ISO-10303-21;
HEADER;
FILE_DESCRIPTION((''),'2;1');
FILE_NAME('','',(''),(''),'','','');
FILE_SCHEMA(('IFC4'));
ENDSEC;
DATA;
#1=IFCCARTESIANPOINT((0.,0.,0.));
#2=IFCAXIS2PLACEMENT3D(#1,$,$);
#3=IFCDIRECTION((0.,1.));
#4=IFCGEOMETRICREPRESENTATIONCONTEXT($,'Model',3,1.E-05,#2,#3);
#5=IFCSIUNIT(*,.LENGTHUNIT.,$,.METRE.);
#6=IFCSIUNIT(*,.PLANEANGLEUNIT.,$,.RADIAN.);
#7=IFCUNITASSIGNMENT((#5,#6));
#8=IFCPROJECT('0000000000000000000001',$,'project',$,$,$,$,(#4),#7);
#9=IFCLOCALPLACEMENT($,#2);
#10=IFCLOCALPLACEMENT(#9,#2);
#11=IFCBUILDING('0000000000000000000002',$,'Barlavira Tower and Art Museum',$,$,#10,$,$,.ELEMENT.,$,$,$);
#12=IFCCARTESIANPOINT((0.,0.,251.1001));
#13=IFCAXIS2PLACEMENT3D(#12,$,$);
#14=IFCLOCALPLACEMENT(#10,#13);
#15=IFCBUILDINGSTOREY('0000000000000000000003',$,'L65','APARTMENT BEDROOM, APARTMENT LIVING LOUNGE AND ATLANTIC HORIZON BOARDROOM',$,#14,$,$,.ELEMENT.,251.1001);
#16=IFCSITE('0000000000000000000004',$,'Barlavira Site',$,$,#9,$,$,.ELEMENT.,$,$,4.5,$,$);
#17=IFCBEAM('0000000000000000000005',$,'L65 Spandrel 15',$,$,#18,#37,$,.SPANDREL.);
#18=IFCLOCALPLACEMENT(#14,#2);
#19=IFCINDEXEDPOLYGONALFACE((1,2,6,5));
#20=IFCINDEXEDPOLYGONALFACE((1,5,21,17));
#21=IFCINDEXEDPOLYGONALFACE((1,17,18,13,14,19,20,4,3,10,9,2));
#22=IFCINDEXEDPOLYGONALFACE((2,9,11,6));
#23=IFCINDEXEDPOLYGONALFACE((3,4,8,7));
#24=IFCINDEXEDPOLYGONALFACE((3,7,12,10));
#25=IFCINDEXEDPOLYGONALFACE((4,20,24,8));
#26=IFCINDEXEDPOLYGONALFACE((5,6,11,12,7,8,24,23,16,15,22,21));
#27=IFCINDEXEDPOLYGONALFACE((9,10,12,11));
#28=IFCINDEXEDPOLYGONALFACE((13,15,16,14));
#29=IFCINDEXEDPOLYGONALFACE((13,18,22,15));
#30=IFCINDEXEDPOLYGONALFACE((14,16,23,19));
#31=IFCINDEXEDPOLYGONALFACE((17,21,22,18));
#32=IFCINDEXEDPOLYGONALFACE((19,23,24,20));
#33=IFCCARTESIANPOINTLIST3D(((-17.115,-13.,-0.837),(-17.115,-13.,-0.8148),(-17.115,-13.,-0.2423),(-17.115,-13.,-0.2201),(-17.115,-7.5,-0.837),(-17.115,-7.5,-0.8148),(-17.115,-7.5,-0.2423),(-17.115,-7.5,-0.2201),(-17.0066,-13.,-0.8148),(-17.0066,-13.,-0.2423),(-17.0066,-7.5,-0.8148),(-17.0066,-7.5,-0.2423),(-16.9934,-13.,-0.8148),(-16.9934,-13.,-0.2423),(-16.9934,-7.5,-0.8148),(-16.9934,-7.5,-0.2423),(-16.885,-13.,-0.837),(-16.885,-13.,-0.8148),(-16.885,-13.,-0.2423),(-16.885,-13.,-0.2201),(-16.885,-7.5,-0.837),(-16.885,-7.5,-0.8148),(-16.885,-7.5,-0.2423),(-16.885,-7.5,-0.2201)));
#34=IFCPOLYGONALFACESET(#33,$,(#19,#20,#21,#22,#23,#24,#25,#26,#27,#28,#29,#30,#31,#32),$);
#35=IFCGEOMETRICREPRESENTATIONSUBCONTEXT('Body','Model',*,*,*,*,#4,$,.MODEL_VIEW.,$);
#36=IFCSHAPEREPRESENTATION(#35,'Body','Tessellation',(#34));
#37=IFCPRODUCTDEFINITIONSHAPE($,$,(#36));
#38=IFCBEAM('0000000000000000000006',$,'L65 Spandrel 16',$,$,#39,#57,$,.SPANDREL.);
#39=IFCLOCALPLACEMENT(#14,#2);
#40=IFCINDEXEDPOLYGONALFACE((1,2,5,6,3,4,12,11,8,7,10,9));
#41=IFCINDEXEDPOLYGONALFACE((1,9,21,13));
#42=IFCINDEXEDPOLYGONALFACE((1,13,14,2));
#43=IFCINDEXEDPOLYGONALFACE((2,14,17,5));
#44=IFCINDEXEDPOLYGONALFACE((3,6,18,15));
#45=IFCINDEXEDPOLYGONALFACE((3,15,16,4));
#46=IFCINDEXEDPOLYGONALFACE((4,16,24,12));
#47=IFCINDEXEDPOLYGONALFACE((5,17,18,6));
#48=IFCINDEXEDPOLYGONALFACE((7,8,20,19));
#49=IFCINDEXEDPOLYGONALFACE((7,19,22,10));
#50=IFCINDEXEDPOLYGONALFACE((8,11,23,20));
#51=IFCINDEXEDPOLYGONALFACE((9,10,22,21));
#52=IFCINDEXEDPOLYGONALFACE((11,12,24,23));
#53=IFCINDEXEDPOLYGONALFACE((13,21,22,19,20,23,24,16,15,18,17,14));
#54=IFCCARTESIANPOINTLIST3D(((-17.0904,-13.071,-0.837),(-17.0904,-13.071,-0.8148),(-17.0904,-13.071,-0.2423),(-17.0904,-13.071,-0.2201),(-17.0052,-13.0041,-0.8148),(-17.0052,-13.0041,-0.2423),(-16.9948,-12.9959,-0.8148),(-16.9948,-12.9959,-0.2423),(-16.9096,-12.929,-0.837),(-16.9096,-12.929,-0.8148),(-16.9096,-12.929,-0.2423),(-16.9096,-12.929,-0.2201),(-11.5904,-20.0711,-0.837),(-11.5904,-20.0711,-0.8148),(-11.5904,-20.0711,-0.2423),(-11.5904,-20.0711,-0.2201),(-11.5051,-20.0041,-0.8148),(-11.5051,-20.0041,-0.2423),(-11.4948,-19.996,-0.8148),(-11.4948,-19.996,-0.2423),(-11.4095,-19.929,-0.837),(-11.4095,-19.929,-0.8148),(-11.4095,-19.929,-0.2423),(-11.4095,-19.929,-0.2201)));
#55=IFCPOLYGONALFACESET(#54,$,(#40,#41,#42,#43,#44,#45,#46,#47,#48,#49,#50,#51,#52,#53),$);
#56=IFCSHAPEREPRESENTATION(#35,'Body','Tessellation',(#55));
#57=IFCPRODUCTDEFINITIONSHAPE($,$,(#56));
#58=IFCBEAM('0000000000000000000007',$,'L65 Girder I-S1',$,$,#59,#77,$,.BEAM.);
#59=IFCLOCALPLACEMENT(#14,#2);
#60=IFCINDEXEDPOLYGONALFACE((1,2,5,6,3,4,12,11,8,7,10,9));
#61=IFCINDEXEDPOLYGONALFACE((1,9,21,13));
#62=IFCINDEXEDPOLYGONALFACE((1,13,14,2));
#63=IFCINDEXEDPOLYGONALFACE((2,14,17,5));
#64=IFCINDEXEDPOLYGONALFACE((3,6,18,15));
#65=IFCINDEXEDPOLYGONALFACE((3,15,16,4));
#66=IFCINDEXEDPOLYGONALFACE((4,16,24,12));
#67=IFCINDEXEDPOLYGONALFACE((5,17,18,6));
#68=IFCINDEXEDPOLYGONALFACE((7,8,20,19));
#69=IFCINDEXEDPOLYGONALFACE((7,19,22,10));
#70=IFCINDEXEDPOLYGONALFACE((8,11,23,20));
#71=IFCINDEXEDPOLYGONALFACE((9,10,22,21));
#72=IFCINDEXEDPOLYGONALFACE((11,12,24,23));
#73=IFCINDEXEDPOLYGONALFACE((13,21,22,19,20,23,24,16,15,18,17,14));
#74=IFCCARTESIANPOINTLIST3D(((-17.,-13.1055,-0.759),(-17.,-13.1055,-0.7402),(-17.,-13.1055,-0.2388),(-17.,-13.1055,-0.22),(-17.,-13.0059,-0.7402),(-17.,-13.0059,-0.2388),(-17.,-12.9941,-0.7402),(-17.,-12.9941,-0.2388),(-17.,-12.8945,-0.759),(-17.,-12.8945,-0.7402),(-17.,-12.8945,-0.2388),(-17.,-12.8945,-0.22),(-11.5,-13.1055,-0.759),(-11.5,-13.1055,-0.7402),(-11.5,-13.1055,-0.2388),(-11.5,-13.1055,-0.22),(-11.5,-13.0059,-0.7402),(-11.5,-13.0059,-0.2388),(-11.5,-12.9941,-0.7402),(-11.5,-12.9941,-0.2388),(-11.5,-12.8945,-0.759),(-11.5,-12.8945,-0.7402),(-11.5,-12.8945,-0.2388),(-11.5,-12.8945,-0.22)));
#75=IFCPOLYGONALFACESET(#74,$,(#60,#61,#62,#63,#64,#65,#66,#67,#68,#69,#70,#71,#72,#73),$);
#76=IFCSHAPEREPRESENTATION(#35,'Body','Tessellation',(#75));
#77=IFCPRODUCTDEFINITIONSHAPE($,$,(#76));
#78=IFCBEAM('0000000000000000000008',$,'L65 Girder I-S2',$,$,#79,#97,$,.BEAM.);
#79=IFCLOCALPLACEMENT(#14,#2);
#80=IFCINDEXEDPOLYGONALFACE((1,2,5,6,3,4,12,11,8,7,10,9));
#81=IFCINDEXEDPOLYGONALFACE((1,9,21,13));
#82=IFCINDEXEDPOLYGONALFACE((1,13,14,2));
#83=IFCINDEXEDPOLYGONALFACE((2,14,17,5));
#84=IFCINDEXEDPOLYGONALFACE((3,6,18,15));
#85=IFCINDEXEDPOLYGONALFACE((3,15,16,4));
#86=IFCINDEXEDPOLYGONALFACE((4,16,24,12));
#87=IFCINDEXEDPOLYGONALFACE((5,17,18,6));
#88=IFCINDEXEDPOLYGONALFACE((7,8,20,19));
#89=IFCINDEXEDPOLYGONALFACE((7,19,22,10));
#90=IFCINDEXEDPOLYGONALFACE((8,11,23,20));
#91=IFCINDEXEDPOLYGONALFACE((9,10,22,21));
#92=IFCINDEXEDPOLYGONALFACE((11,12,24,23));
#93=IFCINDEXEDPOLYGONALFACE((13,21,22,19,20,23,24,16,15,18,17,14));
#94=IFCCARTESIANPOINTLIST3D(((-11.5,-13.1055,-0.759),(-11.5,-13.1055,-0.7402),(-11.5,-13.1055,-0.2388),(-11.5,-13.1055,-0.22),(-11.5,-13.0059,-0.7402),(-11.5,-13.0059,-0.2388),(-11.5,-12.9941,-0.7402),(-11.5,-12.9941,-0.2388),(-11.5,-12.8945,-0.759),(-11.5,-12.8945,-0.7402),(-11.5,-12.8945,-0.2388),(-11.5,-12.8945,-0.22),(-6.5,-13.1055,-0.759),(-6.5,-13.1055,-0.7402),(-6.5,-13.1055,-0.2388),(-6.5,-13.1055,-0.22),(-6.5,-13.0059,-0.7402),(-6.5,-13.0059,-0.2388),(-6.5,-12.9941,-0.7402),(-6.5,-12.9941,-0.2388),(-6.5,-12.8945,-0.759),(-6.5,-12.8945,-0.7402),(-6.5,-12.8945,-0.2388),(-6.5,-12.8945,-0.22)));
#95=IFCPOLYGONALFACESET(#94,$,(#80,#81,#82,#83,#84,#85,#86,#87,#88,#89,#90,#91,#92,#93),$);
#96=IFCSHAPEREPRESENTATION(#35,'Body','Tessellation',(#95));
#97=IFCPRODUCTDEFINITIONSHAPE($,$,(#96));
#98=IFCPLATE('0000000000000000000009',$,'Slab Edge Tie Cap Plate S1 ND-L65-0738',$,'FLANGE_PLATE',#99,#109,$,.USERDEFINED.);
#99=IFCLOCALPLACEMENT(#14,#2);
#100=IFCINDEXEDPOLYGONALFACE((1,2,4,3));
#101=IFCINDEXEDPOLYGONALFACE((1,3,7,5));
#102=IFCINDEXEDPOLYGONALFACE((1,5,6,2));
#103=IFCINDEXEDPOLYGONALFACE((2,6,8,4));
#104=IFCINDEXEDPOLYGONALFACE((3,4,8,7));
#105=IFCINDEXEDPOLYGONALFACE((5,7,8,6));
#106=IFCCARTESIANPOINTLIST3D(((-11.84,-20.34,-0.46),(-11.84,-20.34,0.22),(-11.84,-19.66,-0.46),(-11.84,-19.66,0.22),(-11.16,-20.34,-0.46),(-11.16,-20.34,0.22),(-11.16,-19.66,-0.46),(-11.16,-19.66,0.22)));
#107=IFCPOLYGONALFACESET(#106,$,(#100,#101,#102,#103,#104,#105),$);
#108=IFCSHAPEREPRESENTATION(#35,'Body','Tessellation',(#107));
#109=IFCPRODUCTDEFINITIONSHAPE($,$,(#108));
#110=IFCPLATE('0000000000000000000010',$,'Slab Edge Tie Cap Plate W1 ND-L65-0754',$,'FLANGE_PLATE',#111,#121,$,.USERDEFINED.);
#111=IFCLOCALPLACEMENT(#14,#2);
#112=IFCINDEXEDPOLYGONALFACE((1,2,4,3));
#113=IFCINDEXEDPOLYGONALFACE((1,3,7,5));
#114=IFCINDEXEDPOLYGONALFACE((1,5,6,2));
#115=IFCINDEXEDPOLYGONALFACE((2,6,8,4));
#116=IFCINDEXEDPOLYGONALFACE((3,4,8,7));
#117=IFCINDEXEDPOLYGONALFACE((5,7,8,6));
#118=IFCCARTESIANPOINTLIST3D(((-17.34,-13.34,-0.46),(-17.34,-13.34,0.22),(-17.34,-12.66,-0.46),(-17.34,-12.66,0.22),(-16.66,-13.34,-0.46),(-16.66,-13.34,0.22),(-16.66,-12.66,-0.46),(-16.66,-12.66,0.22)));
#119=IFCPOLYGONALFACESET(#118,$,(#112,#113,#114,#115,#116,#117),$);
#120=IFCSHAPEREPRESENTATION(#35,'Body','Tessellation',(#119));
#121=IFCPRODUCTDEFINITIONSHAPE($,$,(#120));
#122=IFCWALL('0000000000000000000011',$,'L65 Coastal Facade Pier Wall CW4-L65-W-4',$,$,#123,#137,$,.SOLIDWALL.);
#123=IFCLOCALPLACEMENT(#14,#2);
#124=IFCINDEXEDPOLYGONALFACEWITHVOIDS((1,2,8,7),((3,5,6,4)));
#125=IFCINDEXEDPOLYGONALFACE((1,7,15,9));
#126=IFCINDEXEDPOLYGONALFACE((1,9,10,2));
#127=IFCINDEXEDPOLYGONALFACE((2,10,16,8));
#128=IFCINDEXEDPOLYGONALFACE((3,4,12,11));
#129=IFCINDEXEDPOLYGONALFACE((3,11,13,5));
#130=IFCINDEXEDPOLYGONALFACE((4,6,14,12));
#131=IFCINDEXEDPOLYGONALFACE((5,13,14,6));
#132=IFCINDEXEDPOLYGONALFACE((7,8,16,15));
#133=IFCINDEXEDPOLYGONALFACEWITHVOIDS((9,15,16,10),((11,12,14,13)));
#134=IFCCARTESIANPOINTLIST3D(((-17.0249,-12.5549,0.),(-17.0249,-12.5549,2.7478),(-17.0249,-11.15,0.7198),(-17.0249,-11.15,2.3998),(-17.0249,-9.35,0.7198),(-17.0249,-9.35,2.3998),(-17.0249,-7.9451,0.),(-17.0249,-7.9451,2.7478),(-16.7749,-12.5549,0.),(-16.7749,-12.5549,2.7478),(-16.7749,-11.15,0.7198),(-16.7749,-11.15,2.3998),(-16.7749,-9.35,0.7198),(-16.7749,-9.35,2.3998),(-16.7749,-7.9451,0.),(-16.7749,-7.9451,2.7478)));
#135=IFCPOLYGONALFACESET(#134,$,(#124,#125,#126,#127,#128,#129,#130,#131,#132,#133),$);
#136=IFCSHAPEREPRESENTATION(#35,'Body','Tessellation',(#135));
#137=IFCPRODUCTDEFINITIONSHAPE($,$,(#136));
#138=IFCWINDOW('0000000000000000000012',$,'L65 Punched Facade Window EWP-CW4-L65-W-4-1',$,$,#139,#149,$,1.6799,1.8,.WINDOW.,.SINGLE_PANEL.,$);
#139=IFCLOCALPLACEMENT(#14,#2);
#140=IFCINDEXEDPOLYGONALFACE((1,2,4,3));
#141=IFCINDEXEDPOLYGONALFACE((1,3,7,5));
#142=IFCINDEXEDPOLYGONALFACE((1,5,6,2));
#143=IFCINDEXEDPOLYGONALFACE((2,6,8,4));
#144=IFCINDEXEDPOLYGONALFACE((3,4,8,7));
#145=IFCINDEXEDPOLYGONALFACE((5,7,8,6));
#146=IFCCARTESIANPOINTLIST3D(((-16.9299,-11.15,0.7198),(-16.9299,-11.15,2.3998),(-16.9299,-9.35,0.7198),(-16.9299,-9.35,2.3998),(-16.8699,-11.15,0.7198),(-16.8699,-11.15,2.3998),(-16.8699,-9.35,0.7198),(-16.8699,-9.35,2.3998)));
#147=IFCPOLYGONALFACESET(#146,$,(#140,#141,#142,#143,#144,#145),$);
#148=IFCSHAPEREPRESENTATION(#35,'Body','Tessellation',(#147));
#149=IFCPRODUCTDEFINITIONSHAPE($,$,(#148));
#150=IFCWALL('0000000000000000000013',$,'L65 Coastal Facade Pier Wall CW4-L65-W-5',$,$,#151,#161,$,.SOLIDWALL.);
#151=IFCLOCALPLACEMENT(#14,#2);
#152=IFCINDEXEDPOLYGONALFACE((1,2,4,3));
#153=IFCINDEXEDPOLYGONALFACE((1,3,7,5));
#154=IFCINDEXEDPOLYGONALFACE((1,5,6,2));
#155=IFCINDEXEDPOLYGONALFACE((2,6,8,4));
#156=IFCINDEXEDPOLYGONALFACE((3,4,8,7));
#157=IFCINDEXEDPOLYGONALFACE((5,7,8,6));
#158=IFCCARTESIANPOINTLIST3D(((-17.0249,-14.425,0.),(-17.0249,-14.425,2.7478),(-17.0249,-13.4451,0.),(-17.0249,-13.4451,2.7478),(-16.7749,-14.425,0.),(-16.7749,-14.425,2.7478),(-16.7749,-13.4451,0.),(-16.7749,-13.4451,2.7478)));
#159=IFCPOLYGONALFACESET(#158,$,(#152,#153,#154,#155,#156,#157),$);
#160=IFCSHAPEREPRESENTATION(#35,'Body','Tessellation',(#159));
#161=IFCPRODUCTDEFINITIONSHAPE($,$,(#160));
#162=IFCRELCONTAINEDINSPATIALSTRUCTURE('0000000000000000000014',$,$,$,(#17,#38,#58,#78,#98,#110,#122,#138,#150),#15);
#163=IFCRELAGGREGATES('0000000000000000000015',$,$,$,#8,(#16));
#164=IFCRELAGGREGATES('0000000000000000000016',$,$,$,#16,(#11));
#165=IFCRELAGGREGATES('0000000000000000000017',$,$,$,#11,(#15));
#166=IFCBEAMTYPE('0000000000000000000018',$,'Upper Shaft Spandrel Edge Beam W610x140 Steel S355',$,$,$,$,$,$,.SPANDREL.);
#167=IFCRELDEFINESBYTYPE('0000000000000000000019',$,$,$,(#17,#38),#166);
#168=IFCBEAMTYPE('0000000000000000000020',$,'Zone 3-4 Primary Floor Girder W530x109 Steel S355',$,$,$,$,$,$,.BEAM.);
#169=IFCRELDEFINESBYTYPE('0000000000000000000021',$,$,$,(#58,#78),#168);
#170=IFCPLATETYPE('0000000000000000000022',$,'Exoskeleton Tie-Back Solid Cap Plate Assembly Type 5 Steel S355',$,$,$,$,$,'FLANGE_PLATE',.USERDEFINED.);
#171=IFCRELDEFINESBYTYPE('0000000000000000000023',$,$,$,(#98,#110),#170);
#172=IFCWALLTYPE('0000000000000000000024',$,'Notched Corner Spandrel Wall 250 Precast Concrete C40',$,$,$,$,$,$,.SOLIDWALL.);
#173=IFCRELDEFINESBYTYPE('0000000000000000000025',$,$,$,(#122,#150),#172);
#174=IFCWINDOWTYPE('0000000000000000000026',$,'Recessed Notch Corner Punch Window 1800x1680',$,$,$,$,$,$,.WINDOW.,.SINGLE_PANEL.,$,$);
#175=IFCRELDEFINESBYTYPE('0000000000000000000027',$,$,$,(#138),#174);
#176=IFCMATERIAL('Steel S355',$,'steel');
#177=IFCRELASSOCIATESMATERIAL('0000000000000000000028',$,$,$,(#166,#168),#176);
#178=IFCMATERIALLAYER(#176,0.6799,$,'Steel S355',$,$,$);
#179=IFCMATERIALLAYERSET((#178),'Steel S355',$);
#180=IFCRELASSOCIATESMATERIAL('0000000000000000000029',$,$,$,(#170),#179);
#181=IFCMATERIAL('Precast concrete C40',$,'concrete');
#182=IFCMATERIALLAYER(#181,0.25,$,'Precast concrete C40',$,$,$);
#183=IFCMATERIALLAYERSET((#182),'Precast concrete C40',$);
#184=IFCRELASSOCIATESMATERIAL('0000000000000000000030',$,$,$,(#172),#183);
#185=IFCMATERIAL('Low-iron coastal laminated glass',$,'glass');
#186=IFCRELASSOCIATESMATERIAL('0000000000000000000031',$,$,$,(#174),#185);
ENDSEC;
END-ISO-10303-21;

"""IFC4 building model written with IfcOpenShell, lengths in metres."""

from ifc_helpers import new_model, si_unit, direction, frame, frame_2d, origin, origin_2d, place, context, subcontext, project, spatial, rectangle, i_section, extrude, material, layer, layer_set, material_profile, profile_set, type_object, element, fill, save


model = new_model("IFC4")

# Units and contexts
model_context = context("Model", 3, precision=1e-05, world=origin(), true_north=direction((0.0, 1.0)))
body_context = subcontext(model_context, "Body", "Model", "MODEL_VIEW")
ifc_project = project(units=[si_unit("LENGTHUNIT", "METRE"), si_unit("PLANEANGLEUNIT", "RADIAN")], contexts=[model_context])

# Site, building, storey
site_placement = place(None, origin())
site = spatial("IfcSite", under=ifc_project, at=site_placement, Name="Barlavira Site", CompositionType="ELEMENT", RefElevation=4.5)
building_placement = place(site_placement, origin())
building = spatial("IfcBuilding", under=site, at=building_placement, Name="Barlavira Tower and Art Museum", CompositionType="ELEMENT")
storey_placement = place(building_placement, frame((0.0, 0.0, 251.1001)))
storey = spatial("IfcBuildingStorey", under=building, at=storey_placement, Name="L65", Description="APARTMENT BEDROOM, APARTMENT LIVING LOUNGE AND ATLANTIC HORIZON BOARDROOM", CompositionType="ELEMENT", Elevation=251.1001)

# Shared definitions
ifc_material_1 = material(Name="Steel S355", Category="steel")

# Beams
ifc_material_profile_1 = material_profile(ifc_material_1, i_section(OverallWidth=0.23, OverallDepth=0.6169, WebThickness=0.0132, FlangeThickness=0.0222, at=origin_2d()), Name="W610x140.0")
ifc_profile_set_1 = profile_set([ifc_material_profile_1], Name="Steel S355")
beam_type_1 = type_object("IfcBeamType", Name="Upper Shaft Spandrel Edge Beam W610x140 Steel S355", PredefinedType="SPANDREL", material=ifc_profile_set_1)
beam_1_placement = place(storey_placement, frame((-17.0, -13.0, -0.5286), z_axis=(0.0, 1.0, 0.0), x_axis=(-1.0, 0.0, 0.0)))
element("IfcBeam", 1, at=beam_1_placement, inside=storey, type_object=beam_type_1, Name="L65 Spandrel 15", PredefinedType="SPANDREL", context=body_context, shape_type="SweptSolid", body=[
    extrude(i_section(OverallWidth=0.23, OverallDepth=0.6169, WebThickness=0.0132, FlangeThickness=0.0222, at=origin_2d()), origin(), (0.0, 0.0, 1.0), 5.5),
])
beam_2_placement = place(storey_placement, frame((-17.0, -13.0, -0.5286), z_axis=(0.617822, -0.786318, 0.0), x_axis=(0.786318, 0.617822, 0.0)))
element("IfcBeam", 2, at=beam_2_placement, inside=storey, type_object=beam_type_1, Name="L65 Spandrel 16", PredefinedType="SPANDREL", context=body_context, shape_type="SweptSolid", body=[
    extrude(i_section(OverallWidth=0.23, OverallDepth=0.6169, WebThickness=0.0132, FlangeThickness=0.0222, at=origin_2d()), origin(), (0.0, 0.0, 1.0), 8.9023),
])
ifc_material_profile_2 = material_profile(ifc_material_1, i_section(OverallWidth=0.2109, OverallDepth=0.5391, WebThickness=0.0117, FlangeThickness=0.0188, at=origin_2d()), Name="W530x109.0")
ifc_profile_set_2 = profile_set([ifc_material_profile_2], Name="Steel S355")
beam_type_2 = type_object("IfcBeamType", Name="Zone 3-4 Primary Floor Girder W530x109 Steel S355", PredefinedType="BEAM", material=ifc_profile_set_2)
beam_3_placement = place(storey_placement, frame((-17.0, -13.0, -0.4895), z_axis=(1.0, 0.0, 0.0), x_axis=(0.0, 1.0, 0.0)))
element("IfcBeam", 3, at=beam_3_placement, inside=storey, type_object=beam_type_2, Name="L65 Girder I-S1", PredefinedType="BEAM", context=body_context, shape_type="SweptSolid", body=[
    extrude(i_section(OverallWidth=0.2109, OverallDepth=0.5391, WebThickness=0.0117, FlangeThickness=0.0188, at=origin_2d()), origin(), (0.0, 0.0, 1.0), 5.5),
])
beam_4_placement = place(storey_placement, frame((-11.5, -13.0, -0.4895), z_axis=(1.0, 0.0, 0.0), x_axis=(0.0, 1.0, 0.0)))
element("IfcBeam", 4, at=beam_4_placement, inside=storey, type_object=beam_type_2, Name="L65 Girder I-S2", PredefinedType="BEAM", context=body_context, shape_type="SweptSolid", body=[
    extrude(i_section(OverallWidth=0.2109, OverallDepth=0.5391, WebThickness=0.0117, FlangeThickness=0.0188, at=origin_2d()), origin(), (0.0, 0.0, 1.0), 5.0),
])

# Plates
ifc_layer_1 = layer(ifc_material_1, 0.6799, Name="Steel S355")
ifc_layer_set_1 = layer_set([ifc_layer_1], Name="Steel S355")
plate_type = type_object("IfcPlateType", Name="Exoskeleton Tie-Back Solid Cap Plate Assembly Type 5 Steel S355", ElementType="FLANGE_PLATE", PredefinedType="USERDEFINED", material=ifc_layer_set_1)
for number, where, z_axis, x_axis, name in (
    (5, (-11.5, -20.0, -0.46), (0.0, 0.0, 1.0), (1.0, 0.0, 0.0), "Slab Edge Tie Cap Plate S1 ND-L65-0738"),
    (6, (-17.0, -13.0, -0.46), (0.0, 0.0, 1.0), (1.0, 0.0, 0.0), "Slab Edge Tie Cap Plate W1 ND-L65-0754"),
):
    element("IfcPlate", number, at=place(storey_placement, frame(where, z_axis=z_axis, x_axis=x_axis)), inside=storey, type_object=plate_type, Name=name, ObjectType="FLANGE_PLATE", PredefinedType="USERDEFINED", context=body_context, shape_type="SweptSolid", body=[
        extrude(rectangle(XDim=0.6799, YDim=0.6799, at=origin_2d()), origin(), (0.0, 0.0, 1.0), 0.6799),
    ])

# Wall, opening, window
ifc_material_2 = material(Name="Precast concrete C40", Category="concrete")
ifc_layer_2 = layer(ifc_material_2, 0.25, Name="Precast concrete C40")
ifc_layer_set_2 = layer_set([ifc_layer_2], Name="Precast concrete C40")
wall_type = type_object("IfcWallType", Name="Notched Corner Spandrel Wall 250 Precast Concrete C40", PredefinedType="SOLIDWALL", material=ifc_layer_set_2)
wall_1_placement = place(storey_placement, frame((-16.8999, -7.9451, 0.0), z_axis=(0.0, 0.0, 1.0), x_axis=(0.0, -1.0, 0.0)))
wall_1 = element("IfcWall", 7, at=wall_1_placement, inside=storey, type_object=wall_type, Name="L65 Coastal Facade Pier Wall CW4-L65-W-4", PredefinedType="SOLIDWALL", context=body_context, shape_type="SweptSolid", body=[
    extrude(rectangle(XDim=4.6099, YDim=0.25, at=frame_2d((2.3049, 0.0))), origin(), (0.0, 0.0, 1.0), 2.7478),
])
opening_1_placement = place(wall_1_placement, frame((1.405, 0.0, 0.72)))
opening_1 = element("IfcOpeningElement", 8, at=opening_1_placement, cuts=wall_1, PredefinedType="OPENING", context=body_context, shape_type="SweptSolid", body=[
    extrude(rectangle(XDim=1.8, YDim=1.6799, at=frame_2d((0.8999, 0.8398))), frame((0.0, 0.135, 0.0), z_axis=(0.0, -1.0, 0.0), x_axis=(1.0, 0.0, 0.0)), (0.0, 0.0, 1.0), 0.27),
])
ifc_material_3 = material(Name="Low-iron coastal laminated glass", Category="glass")
window_type = type_object("IfcWindowType", Name="Recessed Notch Corner Punch Window 1800x1680", PartitioningType="SINGLE_PANEL", PredefinedType="WINDOW", material=ifc_material_3)
window_1_placement = place(opening_1_placement, origin())
window_1 = element("IfcWindow", 9, at=window_1_placement, inside=storey, type_object=window_type, Name="L65 Punched Facade Window EWP-CW4-L65-W-4-1", OverallHeight=1.6799, OverallWidth=1.8, PartitioningType="SINGLE_PANEL", PredefinedType="WINDOW", context=body_context, shape_type="SweptSolid", body=[
    extrude(rectangle(XDim=1.8, YDim=1.6799, at=frame_2d((0.8999, 0.8398))), frame((0.0, 0.03, 0.0), z_axis=(0.0, -1.0, 0.0), x_axis=(1.0, 0.0, 0.0)), (0.0, 0.0, 1.0), 0.0601),
])
fill(opening_1, window_1)

# Wall
wall_2_placement = place(storey_placement, frame((-16.8999, -13.4451, 0.0), z_axis=(0.0, 0.0, 1.0), x_axis=(0.0, -1.0, 0.0)))
element("IfcWall", 10, at=wall_2_placement, inside=storey, type_object=wall_type, Name="L65 Coastal Facade Pier Wall CW4-L65-W-5", PredefinedType="SOLIDWALL", context=body_context, shape_type="SweptSolid", body=[
    extrude(rectangle(XDim=0.98, YDim=0.25, at=frame_2d((0.49, 0.0))), origin(), (0.0, 0.0, 1.0), 2.7478),
])

save(model, "model.ifc")
